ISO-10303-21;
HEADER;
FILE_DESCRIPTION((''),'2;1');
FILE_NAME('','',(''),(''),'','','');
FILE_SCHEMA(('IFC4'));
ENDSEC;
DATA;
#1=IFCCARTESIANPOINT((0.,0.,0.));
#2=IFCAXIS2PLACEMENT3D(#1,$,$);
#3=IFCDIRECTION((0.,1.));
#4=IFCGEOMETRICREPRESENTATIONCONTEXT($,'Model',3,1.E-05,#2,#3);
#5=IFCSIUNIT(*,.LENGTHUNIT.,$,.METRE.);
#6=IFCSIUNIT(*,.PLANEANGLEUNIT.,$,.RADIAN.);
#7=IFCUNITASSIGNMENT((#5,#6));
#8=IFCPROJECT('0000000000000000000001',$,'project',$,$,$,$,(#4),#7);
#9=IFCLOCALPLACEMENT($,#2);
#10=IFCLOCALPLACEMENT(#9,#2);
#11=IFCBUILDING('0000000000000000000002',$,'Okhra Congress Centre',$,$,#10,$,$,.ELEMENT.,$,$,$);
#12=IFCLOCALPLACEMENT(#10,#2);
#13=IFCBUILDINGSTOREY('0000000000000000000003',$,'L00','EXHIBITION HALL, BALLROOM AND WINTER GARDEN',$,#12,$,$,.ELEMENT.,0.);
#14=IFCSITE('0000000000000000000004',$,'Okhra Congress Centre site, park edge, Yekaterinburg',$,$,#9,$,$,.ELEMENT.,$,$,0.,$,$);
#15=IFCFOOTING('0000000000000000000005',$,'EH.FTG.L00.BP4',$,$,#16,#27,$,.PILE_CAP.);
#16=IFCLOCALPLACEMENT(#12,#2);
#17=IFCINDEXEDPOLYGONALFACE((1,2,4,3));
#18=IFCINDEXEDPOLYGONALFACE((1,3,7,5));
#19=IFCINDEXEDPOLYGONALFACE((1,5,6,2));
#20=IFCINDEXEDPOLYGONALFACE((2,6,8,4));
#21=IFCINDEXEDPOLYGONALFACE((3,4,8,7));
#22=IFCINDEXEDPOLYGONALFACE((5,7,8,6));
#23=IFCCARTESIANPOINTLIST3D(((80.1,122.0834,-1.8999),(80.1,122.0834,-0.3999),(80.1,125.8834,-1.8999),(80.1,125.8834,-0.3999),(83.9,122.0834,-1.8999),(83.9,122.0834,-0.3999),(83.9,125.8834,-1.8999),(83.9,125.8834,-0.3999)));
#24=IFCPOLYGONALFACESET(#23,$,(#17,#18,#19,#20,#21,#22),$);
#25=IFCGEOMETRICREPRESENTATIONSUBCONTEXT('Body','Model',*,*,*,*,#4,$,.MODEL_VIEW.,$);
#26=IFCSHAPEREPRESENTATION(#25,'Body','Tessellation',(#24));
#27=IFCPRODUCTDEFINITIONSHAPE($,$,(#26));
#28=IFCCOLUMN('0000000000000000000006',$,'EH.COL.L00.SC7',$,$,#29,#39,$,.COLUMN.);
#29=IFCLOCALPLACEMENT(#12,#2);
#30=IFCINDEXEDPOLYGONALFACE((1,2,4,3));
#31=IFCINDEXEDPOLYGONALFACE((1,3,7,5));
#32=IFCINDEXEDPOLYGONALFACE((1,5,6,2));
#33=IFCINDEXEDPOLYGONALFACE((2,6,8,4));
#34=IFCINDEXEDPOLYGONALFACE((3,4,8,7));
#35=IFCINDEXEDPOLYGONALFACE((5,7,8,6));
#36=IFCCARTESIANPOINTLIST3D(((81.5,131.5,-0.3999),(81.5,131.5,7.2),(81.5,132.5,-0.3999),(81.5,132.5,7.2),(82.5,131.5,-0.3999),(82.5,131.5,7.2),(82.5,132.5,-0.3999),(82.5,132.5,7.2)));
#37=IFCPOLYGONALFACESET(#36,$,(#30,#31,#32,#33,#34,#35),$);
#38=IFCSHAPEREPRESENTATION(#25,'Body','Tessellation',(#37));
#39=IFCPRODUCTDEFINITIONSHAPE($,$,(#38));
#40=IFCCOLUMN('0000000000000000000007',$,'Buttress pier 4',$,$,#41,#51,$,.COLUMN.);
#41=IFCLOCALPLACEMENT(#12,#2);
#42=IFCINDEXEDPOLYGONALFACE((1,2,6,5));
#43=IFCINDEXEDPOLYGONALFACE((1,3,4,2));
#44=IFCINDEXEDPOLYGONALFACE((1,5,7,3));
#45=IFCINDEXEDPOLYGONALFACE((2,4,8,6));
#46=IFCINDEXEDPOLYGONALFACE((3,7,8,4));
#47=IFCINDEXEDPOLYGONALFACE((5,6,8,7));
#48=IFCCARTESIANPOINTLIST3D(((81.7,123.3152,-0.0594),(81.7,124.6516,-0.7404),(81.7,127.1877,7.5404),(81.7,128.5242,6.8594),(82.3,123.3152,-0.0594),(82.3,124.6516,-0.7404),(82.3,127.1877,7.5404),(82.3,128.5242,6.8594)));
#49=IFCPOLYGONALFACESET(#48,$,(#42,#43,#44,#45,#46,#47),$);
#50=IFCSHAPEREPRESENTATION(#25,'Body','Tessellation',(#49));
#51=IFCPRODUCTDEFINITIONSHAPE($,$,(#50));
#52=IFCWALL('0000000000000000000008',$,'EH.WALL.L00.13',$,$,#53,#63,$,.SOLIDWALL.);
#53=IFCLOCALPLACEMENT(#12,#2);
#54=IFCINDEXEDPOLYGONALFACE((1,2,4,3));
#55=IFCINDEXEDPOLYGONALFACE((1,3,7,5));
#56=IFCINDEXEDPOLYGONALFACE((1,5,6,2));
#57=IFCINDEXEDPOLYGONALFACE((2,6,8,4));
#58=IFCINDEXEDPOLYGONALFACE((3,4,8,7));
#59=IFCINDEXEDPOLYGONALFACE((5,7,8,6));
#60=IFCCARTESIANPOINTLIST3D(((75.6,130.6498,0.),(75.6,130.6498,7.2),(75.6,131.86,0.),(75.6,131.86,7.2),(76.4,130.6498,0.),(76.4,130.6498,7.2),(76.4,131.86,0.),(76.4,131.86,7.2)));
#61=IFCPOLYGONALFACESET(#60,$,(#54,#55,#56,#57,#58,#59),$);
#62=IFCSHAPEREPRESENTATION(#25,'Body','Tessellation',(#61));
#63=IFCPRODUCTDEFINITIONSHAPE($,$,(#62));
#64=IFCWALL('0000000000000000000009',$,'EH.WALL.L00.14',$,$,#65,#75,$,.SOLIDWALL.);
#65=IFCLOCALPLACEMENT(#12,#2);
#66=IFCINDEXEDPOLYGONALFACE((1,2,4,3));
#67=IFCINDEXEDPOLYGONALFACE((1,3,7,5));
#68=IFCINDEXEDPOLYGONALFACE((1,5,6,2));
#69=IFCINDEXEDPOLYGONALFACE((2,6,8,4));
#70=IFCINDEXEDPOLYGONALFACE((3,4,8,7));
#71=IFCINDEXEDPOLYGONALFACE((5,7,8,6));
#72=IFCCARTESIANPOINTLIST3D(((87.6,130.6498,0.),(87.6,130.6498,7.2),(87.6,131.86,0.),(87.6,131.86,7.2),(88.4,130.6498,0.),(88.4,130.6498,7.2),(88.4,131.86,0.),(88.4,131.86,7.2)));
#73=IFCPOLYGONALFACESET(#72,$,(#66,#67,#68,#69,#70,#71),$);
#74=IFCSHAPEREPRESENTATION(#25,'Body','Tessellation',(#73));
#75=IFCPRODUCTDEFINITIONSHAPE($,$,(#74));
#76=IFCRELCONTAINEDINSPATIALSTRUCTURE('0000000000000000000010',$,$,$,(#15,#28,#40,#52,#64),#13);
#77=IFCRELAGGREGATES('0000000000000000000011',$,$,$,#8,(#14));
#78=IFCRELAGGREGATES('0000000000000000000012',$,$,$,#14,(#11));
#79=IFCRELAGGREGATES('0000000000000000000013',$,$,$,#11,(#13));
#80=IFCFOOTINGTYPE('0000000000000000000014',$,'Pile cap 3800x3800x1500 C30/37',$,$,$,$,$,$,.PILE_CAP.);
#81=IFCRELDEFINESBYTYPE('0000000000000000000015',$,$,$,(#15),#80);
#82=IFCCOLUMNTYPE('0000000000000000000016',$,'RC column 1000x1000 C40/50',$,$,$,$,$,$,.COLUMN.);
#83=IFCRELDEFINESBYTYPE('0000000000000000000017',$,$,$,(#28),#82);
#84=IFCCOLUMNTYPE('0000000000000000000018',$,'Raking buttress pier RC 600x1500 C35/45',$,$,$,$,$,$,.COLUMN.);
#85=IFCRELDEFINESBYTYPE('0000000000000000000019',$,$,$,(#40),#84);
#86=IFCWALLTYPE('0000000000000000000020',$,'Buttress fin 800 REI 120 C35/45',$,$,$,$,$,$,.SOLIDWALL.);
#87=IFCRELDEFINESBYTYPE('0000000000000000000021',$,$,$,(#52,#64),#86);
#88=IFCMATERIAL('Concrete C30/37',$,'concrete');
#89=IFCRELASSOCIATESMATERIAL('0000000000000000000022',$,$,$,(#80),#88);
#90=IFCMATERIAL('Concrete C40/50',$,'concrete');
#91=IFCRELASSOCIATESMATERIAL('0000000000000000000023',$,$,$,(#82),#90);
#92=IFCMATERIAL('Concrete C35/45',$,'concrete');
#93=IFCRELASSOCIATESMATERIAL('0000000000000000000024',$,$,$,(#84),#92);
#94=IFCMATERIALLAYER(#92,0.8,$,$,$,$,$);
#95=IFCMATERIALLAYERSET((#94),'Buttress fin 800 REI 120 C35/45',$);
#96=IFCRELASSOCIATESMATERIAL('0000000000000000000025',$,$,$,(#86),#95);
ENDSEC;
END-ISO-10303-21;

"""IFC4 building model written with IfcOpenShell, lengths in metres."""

from ifc_helpers import new_model, si_unit, direction, frame, frame_2d, origin, origin_2d, place, context, subcontext, project, spatial, rectangle, extrude, material, layer, layer_set, material_profile, profile_set, type_object, element, save


model = new_model("IFC4")

# Units and contexts
model_context = context("Model", 3, precision=1e-05, world=origin(), true_north=direction((0.0, 1.0)))
body_context = subcontext(model_context, "Body", "Model", "MODEL_VIEW")
ifc_project = project(units=[si_unit("LENGTHUNIT", "METRE"), si_unit("PLANEANGLEUNIT", "RADIAN")], contexts=[model_context])

# Site, building, storey
site_placement = place(None, origin())
site = spatial("IfcSite", under=ifc_project, at=site_placement, Name="Okhra Congress Centre site, park edge, Yekaterinburg", CompositionType="ELEMENT", RefElevation=0.0)
building_placement = place(site_placement, origin())
building = spatial("IfcBuilding", under=site, at=building_placement, Name="Okhra Congress Centre", CompositionType="ELEMENT")
storey_placement = place(building_placement, origin())
storey = spatial("IfcBuildingStorey", under=building, at=storey_placement, Name="L00", Description="EXHIBITION HALL, BALLROOM AND WINTER GARDEN", CompositionType="ELEMENT", Elevation=0.0)

# Shared definitions
ifc_material_1 = material(Name="Concrete C30/37", Category="concrete")

# Footing
footing_type_1 = type_object("IfcFootingType", Name="Pile cap 3800x3800x1500 C30/37", PredefinedType="PILE_CAP", material=ifc_material_1)
for number, where, z_axis, x_axis, name in (
    (1, (82.0, 123.9834, -1.8999), (0.0, 0.0, 1.0), (1.0, 0.0, 0.0), "EH.FTG.L00.BP4"),
):
    element("IfcFooting", number, at=place(storey_placement, frame(where, z_axis=z_axis, x_axis=x_axis)), inside=storey, type_object=footing_type_1, Name=name, PredefinedType="PILE_CAP", context=body_context, shape_type="SweptSolid", body=[
        extrude(rectangle(XDim=3.8, YDim=3.8, at=origin_2d()), origin(), (0.0, 0.0, 1.0), 1.5),
    ])

# Columns
ifc_material_2 = material(Name="Concrete C40/50", Category="concrete")
ifc_material_profile_1 = material_profile(ifc_material_2, rectangle(XDim=1.0, YDim=1.0, at=origin_2d()), Name="RC 1000x1000")
ifc_profile_set_1 = profile_set([ifc_material_profile_1], Name="Concrete C40/50")
column_type_1 = type_object("IfcColumnType", Name="RC column 1000x1000 C40/50", PredefinedType="COLUMN", material=ifc_profile_set_1)
column_1_placement = place(storey_placement, frame((82.0, 132.0, -0.3999), z_axis=(0.0, 0.0, 1.0), x_axis=(1.0, 0.0, 0.0)))
element("IfcColumn", 2, at=column_1_placement, inside=storey, type_object=column_type_1, Name="EH.COL.L00.SC7", PredefinedType="COLUMN", context=body_context, shape_type="SweptSolid", body=[
    extrude(rectangle(XDim=1.0, YDim=1.0, at=origin_2d()), origin(), (0.0, 0.0, 1.0), 7.5999),
])
ifc_material_3 = material(Name="Concrete C35/45", Category="concrete")
ifc_material_profile_2 = material_profile(ifc_material_3, rectangle(XDim=0.6001, YDim=1.5, at=origin_2d()), Name="RC 600x1500")
ifc_profile_set_2 = profile_set([ifc_material_profile_2], Name="Concrete C35/45")
column_type_2 = type_object("IfcColumnType", Name="Raking buttress pier RC 600x1500 C35/45", PredefinedType="COLUMN", material=ifc_profile_set_2)
column_2_placement = place(storey_placement, frame((82.0, 123.9834, -0.3999), z_axis=(0.0, 0.454013, 0.890995), x_axis=(-1.0, 0.0, 0.0)))
element("IfcColumn", 3, at=column_2_placement, inside=storey, type_object=column_type_2, Name="Buttress pier 4", PredefinedType="COLUMN", context=body_context, shape_type="SweptSolid", body=[
    extrude(rectangle(XDim=0.6001, YDim=1.5, at=origin_2d()), origin(), (0.0, 0.0, 1.0), 8.5295),
])

# Walls
ifc_layer_1 = layer(ifc_material_3, 0.8)
ifc_layer_set_1 = layer_set([ifc_layer_1], Name="Buttress fin 800 REI 120 C35/45")
wall_type_1 = type_object("IfcWallType", Name="Buttress fin 800 REI 120 C35/45", PredefinedType="SOLIDWALL", material=ifc_layer_set_1)
for number, where, z_axis, x_axis, name in (
    (4, (76.0, 130.6499, 0.0), (0.0, 0.0, 1.0), (0.0, 1.0, 0.0), "EH.WALL.L00.13"),
    (5, (88.0, 130.6499, 0.0), (0.0, 0.0, 1.0), (0.0, 1.0, 0.0), "EH.WALL.L00.14"),
):
    element("IfcWall", number, at=place(storey_placement, frame(where, z_axis=z_axis, x_axis=x_axis)), inside=storey, type_object=wall_type_1, Name=name, PredefinedType="SOLIDWALL", context=body_context, shape_type="SweptSolid", body=[
        extrude(rectangle(XDim=1.2102, YDim=0.8, at=frame_2d((0.605, 0.0))), origin(), (0.0, 0.0, 1.0), 7.2),
    ])

save(model, "model.ifc")
